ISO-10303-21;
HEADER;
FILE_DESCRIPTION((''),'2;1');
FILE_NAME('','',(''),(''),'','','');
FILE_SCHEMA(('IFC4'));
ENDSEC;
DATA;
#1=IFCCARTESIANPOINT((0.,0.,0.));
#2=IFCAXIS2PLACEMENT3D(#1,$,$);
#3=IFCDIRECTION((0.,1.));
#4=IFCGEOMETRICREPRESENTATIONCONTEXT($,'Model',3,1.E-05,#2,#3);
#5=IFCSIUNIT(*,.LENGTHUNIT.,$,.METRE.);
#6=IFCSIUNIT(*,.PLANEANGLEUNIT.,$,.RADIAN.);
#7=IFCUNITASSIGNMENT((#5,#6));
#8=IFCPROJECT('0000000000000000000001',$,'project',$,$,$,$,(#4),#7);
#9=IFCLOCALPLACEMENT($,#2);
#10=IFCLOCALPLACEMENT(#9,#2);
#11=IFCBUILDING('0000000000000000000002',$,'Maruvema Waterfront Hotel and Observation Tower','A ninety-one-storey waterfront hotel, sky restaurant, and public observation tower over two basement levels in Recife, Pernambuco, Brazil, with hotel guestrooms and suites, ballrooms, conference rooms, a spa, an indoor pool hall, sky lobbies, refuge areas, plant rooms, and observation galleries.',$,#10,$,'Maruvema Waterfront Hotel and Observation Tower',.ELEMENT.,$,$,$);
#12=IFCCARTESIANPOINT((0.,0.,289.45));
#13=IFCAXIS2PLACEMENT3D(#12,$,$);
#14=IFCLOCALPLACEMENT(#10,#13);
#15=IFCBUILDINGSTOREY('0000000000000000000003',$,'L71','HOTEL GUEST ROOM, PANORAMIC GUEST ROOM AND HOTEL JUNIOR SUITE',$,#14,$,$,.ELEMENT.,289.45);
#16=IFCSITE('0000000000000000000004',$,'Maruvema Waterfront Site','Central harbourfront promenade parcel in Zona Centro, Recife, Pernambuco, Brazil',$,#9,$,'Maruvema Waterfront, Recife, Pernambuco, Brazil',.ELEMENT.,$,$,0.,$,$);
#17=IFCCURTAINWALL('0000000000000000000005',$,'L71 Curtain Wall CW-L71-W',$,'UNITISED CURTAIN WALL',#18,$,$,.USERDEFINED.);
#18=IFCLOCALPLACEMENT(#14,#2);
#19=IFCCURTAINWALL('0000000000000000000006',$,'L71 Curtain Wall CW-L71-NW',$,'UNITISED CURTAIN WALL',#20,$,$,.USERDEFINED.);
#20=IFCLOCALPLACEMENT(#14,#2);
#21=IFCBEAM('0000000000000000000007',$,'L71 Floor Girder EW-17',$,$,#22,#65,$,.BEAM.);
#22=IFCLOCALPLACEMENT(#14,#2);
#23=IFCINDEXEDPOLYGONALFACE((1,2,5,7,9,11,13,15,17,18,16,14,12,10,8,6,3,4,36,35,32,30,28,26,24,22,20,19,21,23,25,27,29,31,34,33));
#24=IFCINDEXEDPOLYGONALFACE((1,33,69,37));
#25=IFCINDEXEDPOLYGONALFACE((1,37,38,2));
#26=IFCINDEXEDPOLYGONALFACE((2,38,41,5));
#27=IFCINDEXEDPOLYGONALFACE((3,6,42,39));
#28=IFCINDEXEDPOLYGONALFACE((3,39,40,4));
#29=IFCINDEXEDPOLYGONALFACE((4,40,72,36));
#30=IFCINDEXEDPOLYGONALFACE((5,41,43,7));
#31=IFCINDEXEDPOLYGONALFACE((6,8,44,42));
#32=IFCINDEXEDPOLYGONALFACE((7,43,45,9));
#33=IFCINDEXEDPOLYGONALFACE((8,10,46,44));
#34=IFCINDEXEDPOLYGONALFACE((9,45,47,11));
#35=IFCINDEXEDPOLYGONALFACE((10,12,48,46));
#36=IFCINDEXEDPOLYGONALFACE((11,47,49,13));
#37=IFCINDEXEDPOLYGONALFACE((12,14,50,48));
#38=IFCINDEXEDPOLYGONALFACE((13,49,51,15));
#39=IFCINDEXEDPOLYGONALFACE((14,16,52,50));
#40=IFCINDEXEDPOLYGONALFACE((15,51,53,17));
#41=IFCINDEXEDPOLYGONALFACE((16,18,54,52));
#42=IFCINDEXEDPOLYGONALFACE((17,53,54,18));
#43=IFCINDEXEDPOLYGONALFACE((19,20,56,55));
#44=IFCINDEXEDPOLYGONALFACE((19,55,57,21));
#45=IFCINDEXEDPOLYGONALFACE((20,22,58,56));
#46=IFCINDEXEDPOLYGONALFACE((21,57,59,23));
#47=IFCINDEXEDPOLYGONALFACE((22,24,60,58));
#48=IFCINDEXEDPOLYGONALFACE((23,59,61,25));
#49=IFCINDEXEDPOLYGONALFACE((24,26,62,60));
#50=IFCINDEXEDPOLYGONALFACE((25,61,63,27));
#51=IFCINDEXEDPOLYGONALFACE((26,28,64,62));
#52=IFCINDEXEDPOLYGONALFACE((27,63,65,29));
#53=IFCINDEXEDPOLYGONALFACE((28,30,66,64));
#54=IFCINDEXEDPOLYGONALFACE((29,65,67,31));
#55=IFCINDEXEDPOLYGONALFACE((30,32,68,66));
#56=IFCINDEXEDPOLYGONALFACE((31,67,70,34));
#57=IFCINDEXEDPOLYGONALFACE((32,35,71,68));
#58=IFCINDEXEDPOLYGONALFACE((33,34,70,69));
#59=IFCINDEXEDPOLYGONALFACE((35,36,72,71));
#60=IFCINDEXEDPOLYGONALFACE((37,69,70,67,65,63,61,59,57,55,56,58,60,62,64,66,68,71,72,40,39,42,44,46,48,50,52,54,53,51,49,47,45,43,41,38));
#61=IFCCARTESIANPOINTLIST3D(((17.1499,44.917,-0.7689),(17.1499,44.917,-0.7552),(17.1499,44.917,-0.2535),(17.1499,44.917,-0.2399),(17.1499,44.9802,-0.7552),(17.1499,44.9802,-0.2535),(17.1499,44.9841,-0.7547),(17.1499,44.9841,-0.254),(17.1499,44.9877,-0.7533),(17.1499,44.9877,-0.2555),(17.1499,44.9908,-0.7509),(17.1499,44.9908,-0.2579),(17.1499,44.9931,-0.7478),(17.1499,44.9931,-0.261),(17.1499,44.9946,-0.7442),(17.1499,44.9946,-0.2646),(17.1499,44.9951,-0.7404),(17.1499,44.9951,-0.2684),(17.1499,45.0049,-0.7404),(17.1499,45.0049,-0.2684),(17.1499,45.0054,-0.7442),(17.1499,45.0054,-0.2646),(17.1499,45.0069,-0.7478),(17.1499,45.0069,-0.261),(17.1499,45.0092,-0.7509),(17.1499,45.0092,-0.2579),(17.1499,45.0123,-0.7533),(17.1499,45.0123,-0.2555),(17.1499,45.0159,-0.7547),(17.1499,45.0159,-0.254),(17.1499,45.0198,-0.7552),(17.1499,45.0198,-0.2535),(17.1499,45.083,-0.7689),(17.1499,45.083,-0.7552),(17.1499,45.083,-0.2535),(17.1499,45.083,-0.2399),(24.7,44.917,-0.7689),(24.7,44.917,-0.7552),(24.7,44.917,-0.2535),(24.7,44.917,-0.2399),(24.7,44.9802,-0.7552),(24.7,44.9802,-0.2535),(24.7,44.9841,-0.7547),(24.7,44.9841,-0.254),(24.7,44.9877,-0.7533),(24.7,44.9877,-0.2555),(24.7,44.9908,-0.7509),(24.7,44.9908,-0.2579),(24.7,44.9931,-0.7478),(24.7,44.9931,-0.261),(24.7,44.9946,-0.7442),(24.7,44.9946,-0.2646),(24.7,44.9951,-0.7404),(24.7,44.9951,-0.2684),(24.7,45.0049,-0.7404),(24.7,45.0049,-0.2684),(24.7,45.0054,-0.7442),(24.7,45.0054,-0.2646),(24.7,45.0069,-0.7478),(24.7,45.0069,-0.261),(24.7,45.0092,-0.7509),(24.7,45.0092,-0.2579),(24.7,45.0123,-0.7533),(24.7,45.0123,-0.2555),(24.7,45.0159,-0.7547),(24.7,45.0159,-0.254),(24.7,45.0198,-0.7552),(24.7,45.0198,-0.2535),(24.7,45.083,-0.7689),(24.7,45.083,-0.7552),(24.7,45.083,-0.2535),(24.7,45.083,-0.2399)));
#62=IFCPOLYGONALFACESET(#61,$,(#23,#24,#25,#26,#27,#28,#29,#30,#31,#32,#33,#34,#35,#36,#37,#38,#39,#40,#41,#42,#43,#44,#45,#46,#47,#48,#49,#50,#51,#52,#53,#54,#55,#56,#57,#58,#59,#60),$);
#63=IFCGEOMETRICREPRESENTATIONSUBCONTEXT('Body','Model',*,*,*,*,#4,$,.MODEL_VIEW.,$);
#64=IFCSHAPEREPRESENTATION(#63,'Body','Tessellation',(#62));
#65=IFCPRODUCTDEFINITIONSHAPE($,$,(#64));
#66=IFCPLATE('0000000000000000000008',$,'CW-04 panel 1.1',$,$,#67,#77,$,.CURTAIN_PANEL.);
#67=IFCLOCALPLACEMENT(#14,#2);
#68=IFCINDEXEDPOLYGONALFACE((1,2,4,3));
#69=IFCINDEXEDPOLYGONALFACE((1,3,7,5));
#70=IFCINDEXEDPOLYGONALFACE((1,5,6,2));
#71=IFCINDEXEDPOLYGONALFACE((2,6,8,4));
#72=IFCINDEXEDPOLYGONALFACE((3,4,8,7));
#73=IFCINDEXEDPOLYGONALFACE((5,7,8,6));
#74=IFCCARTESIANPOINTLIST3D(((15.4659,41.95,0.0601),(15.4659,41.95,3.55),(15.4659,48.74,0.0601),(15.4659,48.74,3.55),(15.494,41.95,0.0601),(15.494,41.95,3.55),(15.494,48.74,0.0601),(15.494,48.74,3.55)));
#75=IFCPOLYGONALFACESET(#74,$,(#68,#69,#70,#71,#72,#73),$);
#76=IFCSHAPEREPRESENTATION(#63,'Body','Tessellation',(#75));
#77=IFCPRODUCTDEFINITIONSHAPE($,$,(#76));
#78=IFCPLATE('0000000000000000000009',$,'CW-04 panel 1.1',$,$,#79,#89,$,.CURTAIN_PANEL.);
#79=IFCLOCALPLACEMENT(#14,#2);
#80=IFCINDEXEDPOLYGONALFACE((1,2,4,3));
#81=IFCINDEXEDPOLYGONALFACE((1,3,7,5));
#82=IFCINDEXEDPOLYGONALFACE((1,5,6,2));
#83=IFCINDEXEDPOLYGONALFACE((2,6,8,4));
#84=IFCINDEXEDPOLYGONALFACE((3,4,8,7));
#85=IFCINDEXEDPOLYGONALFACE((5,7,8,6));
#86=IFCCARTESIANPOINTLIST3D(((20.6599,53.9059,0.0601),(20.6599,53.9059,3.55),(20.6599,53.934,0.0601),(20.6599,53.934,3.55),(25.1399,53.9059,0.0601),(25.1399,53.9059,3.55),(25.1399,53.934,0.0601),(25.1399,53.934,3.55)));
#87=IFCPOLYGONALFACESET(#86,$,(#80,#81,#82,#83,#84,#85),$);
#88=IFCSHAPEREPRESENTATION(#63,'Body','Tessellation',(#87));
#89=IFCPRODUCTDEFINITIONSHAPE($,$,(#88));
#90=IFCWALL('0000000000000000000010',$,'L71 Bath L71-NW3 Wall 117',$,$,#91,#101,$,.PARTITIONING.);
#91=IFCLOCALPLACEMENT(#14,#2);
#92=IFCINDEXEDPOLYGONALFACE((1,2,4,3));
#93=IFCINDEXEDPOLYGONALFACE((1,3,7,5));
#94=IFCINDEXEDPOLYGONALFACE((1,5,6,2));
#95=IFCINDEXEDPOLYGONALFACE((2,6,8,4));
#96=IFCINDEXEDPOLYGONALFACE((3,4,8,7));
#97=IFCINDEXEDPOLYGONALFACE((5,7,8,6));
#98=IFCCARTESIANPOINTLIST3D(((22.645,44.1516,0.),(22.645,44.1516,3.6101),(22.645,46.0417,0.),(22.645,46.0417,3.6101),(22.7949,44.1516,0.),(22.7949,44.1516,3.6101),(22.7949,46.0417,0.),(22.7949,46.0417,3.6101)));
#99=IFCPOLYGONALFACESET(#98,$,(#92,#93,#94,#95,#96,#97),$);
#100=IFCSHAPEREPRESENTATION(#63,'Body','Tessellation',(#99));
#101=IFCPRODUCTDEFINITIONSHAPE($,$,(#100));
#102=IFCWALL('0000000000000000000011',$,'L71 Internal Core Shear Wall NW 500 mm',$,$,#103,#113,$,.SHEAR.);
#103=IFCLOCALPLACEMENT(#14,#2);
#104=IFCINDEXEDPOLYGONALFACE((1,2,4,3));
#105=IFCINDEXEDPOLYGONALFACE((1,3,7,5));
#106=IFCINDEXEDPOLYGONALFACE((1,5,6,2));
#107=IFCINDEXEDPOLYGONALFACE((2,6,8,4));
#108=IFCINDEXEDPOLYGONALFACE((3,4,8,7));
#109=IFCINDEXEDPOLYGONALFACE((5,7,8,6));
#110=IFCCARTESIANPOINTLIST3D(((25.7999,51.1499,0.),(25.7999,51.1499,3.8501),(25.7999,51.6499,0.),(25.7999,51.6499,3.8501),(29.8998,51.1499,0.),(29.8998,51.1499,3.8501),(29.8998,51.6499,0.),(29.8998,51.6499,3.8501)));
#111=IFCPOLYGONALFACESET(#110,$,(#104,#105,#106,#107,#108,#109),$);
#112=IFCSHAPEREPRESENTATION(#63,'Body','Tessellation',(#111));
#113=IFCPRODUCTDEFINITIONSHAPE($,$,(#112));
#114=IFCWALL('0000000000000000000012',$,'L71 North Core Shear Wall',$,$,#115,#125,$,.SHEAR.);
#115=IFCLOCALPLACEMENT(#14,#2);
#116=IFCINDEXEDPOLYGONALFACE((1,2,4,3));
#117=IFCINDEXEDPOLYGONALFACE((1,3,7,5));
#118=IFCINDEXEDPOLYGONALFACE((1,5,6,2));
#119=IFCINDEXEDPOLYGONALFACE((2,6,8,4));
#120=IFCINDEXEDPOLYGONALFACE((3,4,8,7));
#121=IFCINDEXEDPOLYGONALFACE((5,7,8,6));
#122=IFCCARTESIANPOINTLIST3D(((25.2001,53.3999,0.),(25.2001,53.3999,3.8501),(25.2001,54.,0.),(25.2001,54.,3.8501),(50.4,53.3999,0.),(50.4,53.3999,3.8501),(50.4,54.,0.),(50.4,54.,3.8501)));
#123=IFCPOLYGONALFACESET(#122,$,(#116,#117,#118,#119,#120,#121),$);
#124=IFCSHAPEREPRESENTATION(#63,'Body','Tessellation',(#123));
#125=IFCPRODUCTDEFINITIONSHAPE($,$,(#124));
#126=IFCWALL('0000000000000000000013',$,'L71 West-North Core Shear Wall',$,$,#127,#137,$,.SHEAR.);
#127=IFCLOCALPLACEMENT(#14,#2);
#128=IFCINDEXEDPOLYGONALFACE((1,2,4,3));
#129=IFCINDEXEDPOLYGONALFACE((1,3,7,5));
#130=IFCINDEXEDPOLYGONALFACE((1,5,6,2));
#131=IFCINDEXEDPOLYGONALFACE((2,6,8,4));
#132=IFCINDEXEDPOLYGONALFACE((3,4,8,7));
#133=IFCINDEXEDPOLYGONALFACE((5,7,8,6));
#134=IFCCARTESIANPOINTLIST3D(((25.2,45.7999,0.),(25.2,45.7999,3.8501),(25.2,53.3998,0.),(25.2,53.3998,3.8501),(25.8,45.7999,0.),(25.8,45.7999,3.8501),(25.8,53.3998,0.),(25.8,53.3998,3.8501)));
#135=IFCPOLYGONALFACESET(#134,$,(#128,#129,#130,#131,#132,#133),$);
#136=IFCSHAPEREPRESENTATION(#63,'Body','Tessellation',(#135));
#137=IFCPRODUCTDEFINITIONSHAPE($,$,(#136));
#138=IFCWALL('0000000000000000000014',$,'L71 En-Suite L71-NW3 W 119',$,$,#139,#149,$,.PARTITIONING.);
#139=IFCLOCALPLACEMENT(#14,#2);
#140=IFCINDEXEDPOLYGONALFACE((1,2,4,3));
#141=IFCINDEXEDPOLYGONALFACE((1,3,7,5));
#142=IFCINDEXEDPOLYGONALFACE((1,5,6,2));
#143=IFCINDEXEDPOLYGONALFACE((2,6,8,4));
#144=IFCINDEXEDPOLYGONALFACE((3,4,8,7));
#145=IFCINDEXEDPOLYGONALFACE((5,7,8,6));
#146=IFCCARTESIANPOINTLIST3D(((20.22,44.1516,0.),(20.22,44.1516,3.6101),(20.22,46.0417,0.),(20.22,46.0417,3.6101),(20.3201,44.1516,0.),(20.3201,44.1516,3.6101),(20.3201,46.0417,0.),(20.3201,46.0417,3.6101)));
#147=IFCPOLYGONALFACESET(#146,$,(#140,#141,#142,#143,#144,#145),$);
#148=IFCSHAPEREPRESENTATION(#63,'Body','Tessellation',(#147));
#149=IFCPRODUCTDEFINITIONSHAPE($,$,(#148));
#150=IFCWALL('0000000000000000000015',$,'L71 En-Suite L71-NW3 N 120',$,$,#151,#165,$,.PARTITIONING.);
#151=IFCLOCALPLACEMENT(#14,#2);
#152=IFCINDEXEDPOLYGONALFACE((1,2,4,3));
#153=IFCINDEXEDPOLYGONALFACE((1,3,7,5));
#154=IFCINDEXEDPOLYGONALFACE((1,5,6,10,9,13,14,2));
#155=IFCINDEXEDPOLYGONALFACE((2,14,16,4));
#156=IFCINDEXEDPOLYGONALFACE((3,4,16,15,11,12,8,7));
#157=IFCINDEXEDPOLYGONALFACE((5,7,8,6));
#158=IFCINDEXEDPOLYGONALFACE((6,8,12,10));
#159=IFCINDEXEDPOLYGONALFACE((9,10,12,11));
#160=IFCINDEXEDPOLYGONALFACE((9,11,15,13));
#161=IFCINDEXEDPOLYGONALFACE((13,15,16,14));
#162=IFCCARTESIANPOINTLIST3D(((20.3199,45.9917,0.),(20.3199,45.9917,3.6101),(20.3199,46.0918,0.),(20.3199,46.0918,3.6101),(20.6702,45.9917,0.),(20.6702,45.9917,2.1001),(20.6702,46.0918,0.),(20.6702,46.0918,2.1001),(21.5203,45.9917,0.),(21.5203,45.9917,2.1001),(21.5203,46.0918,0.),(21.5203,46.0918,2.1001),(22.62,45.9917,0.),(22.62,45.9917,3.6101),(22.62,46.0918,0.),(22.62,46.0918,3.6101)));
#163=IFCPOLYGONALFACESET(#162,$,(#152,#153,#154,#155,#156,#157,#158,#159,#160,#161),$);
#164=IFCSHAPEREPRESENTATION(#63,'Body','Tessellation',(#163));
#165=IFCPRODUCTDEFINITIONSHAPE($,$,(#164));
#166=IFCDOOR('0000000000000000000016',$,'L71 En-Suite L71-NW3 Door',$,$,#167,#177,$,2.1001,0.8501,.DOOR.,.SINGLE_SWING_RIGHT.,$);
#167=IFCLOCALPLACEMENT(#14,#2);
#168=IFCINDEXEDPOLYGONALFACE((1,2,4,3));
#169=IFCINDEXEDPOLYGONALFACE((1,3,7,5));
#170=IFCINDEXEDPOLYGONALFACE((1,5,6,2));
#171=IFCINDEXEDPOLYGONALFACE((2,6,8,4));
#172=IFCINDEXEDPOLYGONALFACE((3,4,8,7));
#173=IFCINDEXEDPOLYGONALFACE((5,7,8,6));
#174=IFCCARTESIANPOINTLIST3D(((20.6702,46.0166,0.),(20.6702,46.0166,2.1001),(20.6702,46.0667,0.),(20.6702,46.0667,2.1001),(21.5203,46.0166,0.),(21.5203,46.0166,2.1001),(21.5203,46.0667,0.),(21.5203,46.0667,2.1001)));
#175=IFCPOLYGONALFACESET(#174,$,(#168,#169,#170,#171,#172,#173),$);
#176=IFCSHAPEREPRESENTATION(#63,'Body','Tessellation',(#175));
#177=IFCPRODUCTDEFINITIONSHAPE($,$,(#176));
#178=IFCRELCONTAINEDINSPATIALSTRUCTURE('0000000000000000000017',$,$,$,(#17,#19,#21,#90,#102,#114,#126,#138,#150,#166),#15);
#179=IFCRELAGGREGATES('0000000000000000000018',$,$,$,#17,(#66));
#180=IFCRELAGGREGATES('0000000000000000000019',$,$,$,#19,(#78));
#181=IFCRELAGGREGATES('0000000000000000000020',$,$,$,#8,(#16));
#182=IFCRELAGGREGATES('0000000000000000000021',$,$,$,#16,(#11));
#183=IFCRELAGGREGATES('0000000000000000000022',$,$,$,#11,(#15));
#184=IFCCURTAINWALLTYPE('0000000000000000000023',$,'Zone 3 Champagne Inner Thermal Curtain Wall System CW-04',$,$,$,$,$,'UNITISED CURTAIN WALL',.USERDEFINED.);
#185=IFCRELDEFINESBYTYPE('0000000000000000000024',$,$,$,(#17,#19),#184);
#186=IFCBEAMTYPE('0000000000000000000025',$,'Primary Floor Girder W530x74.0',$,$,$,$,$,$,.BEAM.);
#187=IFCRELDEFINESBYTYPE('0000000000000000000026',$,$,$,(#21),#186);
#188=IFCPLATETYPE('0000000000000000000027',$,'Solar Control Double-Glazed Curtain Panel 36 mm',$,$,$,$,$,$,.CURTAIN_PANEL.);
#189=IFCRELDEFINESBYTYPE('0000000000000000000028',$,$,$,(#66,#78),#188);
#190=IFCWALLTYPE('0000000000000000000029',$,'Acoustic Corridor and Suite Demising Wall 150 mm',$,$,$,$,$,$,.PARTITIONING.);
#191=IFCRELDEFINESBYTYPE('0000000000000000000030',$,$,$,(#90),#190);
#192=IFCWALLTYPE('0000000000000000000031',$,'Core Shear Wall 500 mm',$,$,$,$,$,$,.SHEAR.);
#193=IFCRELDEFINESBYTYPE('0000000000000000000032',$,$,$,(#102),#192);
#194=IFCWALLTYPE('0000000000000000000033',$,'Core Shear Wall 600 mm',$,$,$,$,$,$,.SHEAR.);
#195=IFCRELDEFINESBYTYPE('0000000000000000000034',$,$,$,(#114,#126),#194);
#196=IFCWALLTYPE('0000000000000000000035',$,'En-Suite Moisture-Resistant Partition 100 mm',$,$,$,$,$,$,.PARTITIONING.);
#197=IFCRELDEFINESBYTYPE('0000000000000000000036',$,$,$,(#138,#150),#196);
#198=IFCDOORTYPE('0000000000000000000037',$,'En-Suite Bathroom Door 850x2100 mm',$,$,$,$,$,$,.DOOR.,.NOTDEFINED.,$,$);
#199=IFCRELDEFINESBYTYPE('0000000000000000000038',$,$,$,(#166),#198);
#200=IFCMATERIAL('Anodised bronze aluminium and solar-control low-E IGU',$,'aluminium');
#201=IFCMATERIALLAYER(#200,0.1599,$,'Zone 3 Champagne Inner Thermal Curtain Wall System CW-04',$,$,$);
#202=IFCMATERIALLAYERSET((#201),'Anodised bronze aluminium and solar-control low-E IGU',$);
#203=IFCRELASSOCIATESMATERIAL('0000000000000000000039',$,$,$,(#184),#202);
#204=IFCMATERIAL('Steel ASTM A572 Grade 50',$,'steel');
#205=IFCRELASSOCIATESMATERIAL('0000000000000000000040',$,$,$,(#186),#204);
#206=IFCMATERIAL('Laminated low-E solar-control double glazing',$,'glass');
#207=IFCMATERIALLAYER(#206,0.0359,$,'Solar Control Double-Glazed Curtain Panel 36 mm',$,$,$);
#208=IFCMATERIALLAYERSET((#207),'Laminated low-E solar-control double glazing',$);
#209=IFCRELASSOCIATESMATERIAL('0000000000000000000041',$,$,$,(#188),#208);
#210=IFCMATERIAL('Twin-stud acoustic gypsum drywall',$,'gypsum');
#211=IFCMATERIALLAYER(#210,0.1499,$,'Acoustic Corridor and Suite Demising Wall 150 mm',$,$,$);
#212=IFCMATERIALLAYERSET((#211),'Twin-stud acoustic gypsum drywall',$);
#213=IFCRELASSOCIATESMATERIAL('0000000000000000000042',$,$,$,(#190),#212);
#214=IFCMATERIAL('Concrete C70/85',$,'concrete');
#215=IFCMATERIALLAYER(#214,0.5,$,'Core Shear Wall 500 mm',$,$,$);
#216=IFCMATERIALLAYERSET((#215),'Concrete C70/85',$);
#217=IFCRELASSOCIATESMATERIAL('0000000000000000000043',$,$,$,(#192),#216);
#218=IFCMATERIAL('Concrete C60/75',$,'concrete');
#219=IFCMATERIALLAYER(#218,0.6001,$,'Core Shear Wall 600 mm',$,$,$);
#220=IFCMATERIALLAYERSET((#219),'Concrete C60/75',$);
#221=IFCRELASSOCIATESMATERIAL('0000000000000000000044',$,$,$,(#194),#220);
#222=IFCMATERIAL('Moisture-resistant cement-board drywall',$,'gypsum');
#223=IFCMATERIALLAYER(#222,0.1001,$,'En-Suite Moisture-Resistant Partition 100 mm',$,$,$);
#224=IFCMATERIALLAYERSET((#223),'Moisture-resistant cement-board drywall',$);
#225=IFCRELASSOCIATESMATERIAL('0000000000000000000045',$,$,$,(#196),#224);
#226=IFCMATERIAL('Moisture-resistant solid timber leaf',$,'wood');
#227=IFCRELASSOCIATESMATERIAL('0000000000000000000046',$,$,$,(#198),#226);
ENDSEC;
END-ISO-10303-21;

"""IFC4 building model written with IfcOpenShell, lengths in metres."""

from ifc_helpers import new_model, si_unit, direction, frame, frame_2d, origin, origin_2d, place, context, subcontext, project, spatial, rectangle, i_section, extrude, material, layer, layer_set, material_profile, profile_set, type_object, element, fill, aggregate, save


model = new_model("IFC4")

# Units and contexts
model_context = context("Model", 3, precision=1e-05, world=origin(), true_north=direction((0.0, 1.0)))
body_context = subcontext(model_context, "Body", "Model", "MODEL_VIEW")
ifc_project = project(units=[si_unit("LENGTHUNIT", "METRE"), si_unit("PLANEANGLEUNIT", "RADIAN")], contexts=[model_context])

# Site, building, storey
site_placement = place(None, origin())
site = spatial("IfcSite", under=ifc_project, at=site_placement, Name="Maruvema Waterfront Site", Description="Central harbourfront promenade parcel in Zona Centro, Recife, Pernambuco, Brazil", LongName="Maruvema Waterfront, Recife, Pernambuco, Brazil", CompositionType="ELEMENT", RefElevation=0.0)
building_placement = place(site_placement, origin())
building = spatial("IfcBuilding", under=site, at=building_placement, Name="Maruvema Waterfront Hotel and Observation Tower", Description="A ninety-one-storey waterfront hotel, sky restaurant, and public observation tower over two basement levels in Recife, Pernambuco, Brazil, with hotel guestrooms and suites, ballrooms, conference rooms, a spa, an indoor pool hall, sky lobbies, refuge areas, plant rooms, and observation galleries.", LongName="Maruvema Waterfront Hotel and Observation Tower", CompositionType="ELEMENT")
storey_placement = place(building_placement, frame((0.0, 0.0, 289.45)))
storey = spatial("IfcBuildingStorey", under=building, at=storey_placement, Name="L71", Description="HOTEL GUEST ROOM, PANORAMIC GUEST ROOM AND HOTEL JUNIOR SUITE", CompositionType="ELEMENT", Elevation=289.45)

# Curtain walls
ifc_material_1 = material(Name="Anodised bronze aluminium and solar-control low-E IGU", Category="aluminium")
ifc_layer_1 = layer(ifc_material_1, 0.1599, Name="Zone 3 Champagne Inner Thermal Curtain Wall System CW-04")
ifc_layer_set_1 = layer_set([ifc_layer_1], Name="Anodised bronze aluminium and solar-control low-E IGU")
curtain_wall_type = type_object("IfcCurtainWallType", Name="Zone 3 Champagne Inner Thermal Curtain Wall System CW-04", ElementType="UNITISED CURTAIN WALL", PredefinedType="USERDEFINED", material=ifc_layer_set_1)
curtain_wall_1_placement = place(storey_placement, origin())
curtain_wall_1 = element("IfcCurtainWall", 1, at=curtain_wall_1_placement, inside=storey, type_object=curtain_wall_type, Name="L71 Curtain Wall CW-L71-W", ObjectType="UNITISED CURTAIN WALL", PredefinedType="USERDEFINED")
curtain_wall_2_placement = place(storey_placement, origin())
curtain_wall_2 = element("IfcCurtainWall", 2, at=curtain_wall_2_placement, inside=storey, type_object=curtain_wall_type, Name="L71 Curtain Wall CW-L71-NW", ObjectType="UNITISED CURTAIN WALL", PredefinedType="USERDEFINED")

# Beam
ifc_material_2 = material(Name="Steel ASTM A572 Grade 50", Category="steel")
ifc_material_profile_1 = material_profile(ifc_material_2, i_section(OverallWidth=0.166, OverallDepth=0.5291, WebThickness=0.0098, FlangeThickness=0.0137, FilletRadius=0.0149, at=origin_2d()), Name="W530x74.0")
ifc_profile_set_1 = profile_set([ifc_material_profile_1], Name="Steel ASTM A572 Grade 50")
beam_type = type_object("IfcBeamType", Name="Primary Floor Girder W530x74.0", PredefinedType="BEAM", material=ifc_profile_set_1)
beam_placement = place(storey_placement, frame((17.1499, 45.0, -0.5044), z_axis=(1.0, 0.0, 0.0), x_axis=(0.0, 1.0, 0.0)))
element("IfcBeam", 3, at=beam_placement, inside=storey, type_object=beam_type, Name="L71 Floor Girder EW-17", PredefinedType="BEAM", context=body_context, shape_type="SweptSolid", body=[
    extrude(i_section(OverallWidth=0.166, OverallDepth=0.5291, WebThickness=0.0098, FlangeThickness=0.0137, FilletRadius=0.0149, at=origin_2d()), origin(), (0.0, 0.0, 1.0), 7.55),
])

# Plates
ifc_material_3 = material(Name="Laminated low-E solar-control double glazing", Category="glass")
ifc_layer_2 = layer(ifc_material_3, 0.0359, Name="Solar Control Double-Glazed Curtain Panel 36 mm")
ifc_layer_set_2 = layer_set([ifc_layer_2], Name="Laminated low-E solar-control double glazing")
plate_type = type_object("IfcPlateType", Name="Solar Control Double-Glazed Curtain Panel 36 mm", PredefinedType="CURTAIN_PANEL", material=ifc_layer_set_2)
plate_1_placement = place(storey_placement, frame((15.48, 45.345, 0.0601), z_axis=(0.0, 0.0, 1.0), x_axis=(0.0, -1.0, 0.0)))
plate_1 = element("IfcPlate", 4, at=plate_1_placement, type_object=plate_type, Name="CW-04 panel 1.1", PredefinedType="CURTAIN_PANEL", context=body_context, shape_type="SweptSolid", body=[
    extrude(rectangle(XDim=6.79, YDim=0.0281, at=origin_2d()), origin(), (0.0, 0.0, 1.0), 3.49),
])
aggregate(curtain_wall_1, [plate_1])
plate_2_placement = place(storey_placement, frame((22.8999, 53.9199, 0.0601), z_axis=(0.0, 0.0, 1.0), x_axis=(-1.0, 0.0, 0.0)))
plate_2 = element("IfcPlate", 5, at=plate_2_placement, type_object=plate_type, Name="CW-04 panel 1.1", PredefinedType="CURTAIN_PANEL", context=body_context, shape_type="SweptSolid", body=[
    extrude(rectangle(XDim=4.48, YDim=0.0281, at=origin_2d()), origin(), (0.0, 0.0, 1.0), 3.49),
])
aggregate(curtain_wall_2, [plate_2])

# Wall
ifc_material_4 = material(Name="Twin-stud acoustic gypsum drywall", Category="gypsum")
ifc_layer_3 = layer(ifc_material_4, 0.1499, Name="Acoustic Corridor and Suite Demising Wall 150 mm")
ifc_layer_set_3 = layer_set([ifc_layer_3], Name="Twin-stud acoustic gypsum drywall")
wall_type_1 = type_object("IfcWallType", Name="Acoustic Corridor and Suite Demising Wall 150 mm", PredefinedType="PARTITIONING", material=ifc_layer_set_3)
wall_1_placement = place(storey_placement, frame((22.72, 44.1516, 0.0), z_axis=(0.0, 0.0, 1.0), x_axis=(0.0, 1.0, 0.0)))
element("IfcWall", 6, at=wall_1_placement, inside=storey, type_object=wall_type_1, Name="L71 Bath L71-NW3 Wall 117", PredefinedType="PARTITIONING", context=body_context, shape_type="SweptSolid", body=[
    extrude(rectangle(XDim=1.8901, YDim=0.1499, at=frame_2d((0.9451, 0.0))), origin(), (0.0, 0.0, 1.0), 3.6101),
])

# Walls
ifc_material_5 = material(Name="Concrete C70/85", Category="concrete")
ifc_layer_4 = layer(ifc_material_5, 0.5, Name="Core Shear Wall 500 mm")
ifc_layer_set_4 = layer_set([ifc_layer_4], Name="Concrete C70/85")
wall_type_2 = type_object("IfcWallType", Name="Core Shear Wall 500 mm", PredefinedType="SHEAR", material=ifc_layer_set_4)
wall_2_placement = place(storey_placement, frame((25.8, 51.3999, 0.0), z_axis=(0.0, 0.0, 1.0), x_axis=(1.0, 0.0, 0.0)))
element("IfcWall", 7, at=wall_2_placement, inside=storey, type_object=wall_type_2, Name="L71 Internal Core Shear Wall NW 500 mm", PredefinedType="SHEAR", context=body_context, shape_type="SweptSolid", body=[
    extrude(rectangle(XDim=4.0999, YDim=0.5, at=frame_2d((2.0498, 0.0))), origin(), (0.0, 0.0, 1.0), 3.8501),
])
ifc_material_6 = material(Name="Concrete C60/75", Category="concrete")
ifc_layer_5 = layer(ifc_material_6, 0.6001, Name="Core Shear Wall 600 mm")
ifc_layer_set_5 = layer_set([ifc_layer_5], Name="Concrete C60/75")
wall_type_3 = type_object("IfcWallType", Name="Core Shear Wall 600 mm", PredefinedType="SHEAR", material=ifc_layer_set_5)
wall_3_placement = place(storey_placement, frame((25.2, 53.7, 0.0), z_axis=(0.0, 0.0, 1.0), x_axis=(1.0, 0.0, 0.0)))
element("IfcWall", 8, at=wall_3_placement, inside=storey, type_object=wall_type_3, Name="L71 North Core Shear Wall", PredefinedType="SHEAR", context=body_context, shape_type="SweptSolid", body=[
    extrude(rectangle(XDim=25.2, YDim=0.6001, at=frame_2d((12.6001, 0.0))), origin(), (0.0, 0.0, 1.0), 3.8501),
])
wall_4_placement = place(storey_placement, frame((25.5, 45.8, 0.0), z_axis=(0.0, 0.0, 1.0), x_axis=(0.0, 1.0, 0.0)))
element("IfcWall", 9, at=wall_4_placement, inside=storey, type_object=wall_type_3, Name="L71 West-North Core Shear Wall", PredefinedType="SHEAR", context=body_context, shape_type="SweptSolid", body=[
    extrude(rectangle(XDim=7.5999, YDim=0.6001, at=frame_2d((3.7998, 0.0))), origin(), (0.0, 0.0, 1.0), 3.8501),
])
ifc_material_7 = material(Name="Moisture-resistant cement-board drywall", Category="gypsum")
ifc_layer_6 = layer(ifc_material_7, 0.1001, Name="En-Suite Moisture-Resistant Partition 100 mm")
ifc_layer_set_6 = layer_set([ifc_layer_6], Name="Moisture-resistant cement-board drywall")
wall_type_4 = type_object("IfcWallType", Name="En-Suite Moisture-Resistant Partition 100 mm", PredefinedType="PARTITIONING", material=ifc_layer_set_6)
wall_5_placement = place(storey_placement, frame((20.27, 44.1516, 0.0), z_axis=(0.0, 0.0, 1.0), x_axis=(0.0, 1.0, 0.0)))
element("IfcWall", 10, at=wall_5_placement, inside=storey, type_object=wall_type_4, Name="L71 En-Suite L71-NW3 W 119", PredefinedType="PARTITIONING", context=body_context, shape_type="SweptSolid", body=[
    extrude(rectangle(XDim=1.8901, YDim=0.1001, at=frame_2d((0.9451, 0.0))), origin(), (0.0, 0.0, 1.0), 3.6101),
])

# Wall, opening, door
wall_6_placement = place(storey_placement, frame((20.3201, 46.0417, 0.0), z_axis=(0.0, 0.0, 1.0), x_axis=(1.0, 0.0, 0.0)))
wall_6 = element("IfcWall", 11, at=wall_6_placement, inside=storey, type_object=wall_type_4, Name="L71 En-Suite L71-NW3 N 120", PredefinedType="PARTITIONING", context=body_context, shape_type="SweptSolid", body=[
    extrude(rectangle(XDim=2.3, YDim=0.1001, at=frame_2d((1.1499, 0.0))), origin(), (0.0, 0.0, 1.0), 3.6101),
])
opening_1_placement = place(wall_6_placement, frame((0.3501, 0.0, 0.0)))
opening_1 = element("IfcOpeningElement", 12, at=opening_1_placement, cuts=wall_6, PredefinedType="OPENING", context=body_context, shape_type="SweptSolid", body=[
    extrude(rectangle(XDim=0.8501, YDim=2.1001, at=frame_2d((0.425, 1.05))), frame((0.0, 0.0601, 0.0), z_axis=(0.0, -1.0, 0.0), x_axis=(1.0, 0.0, 0.0)), (0.0, 0.0, 1.0), 0.1201),
])
ifc_material_8 = material(Name="Moisture-resistant solid timber leaf", Category="wood")
door_type_1 = type_object("IfcDoorType", Name="En-Suite Bathroom Door 850x2100 mm", OperationType="NOTDEFINED", PredefinedType="DOOR", material=ifc_material_8)
door_1_placement = place(opening_1_placement, origin())
door_1 = element("IfcDoor", 13, at=door_1_placement, inside=storey, type_object=door_type_1, Name="L71 En-Suite L71-NW3 Door", OperationType="SINGLE_SWING_RIGHT", OverallHeight=2.1001, OverallWidth=0.8501, PredefinedType="DOOR", context=body_context, shape_type="SweptSolid", body=[
    extrude(rectangle(XDim=0.8501, YDim=2.1001, at=frame_2d((0.425, 1.05))), frame((0.0, 0.0249, 0.0), z_axis=(0.0, -1.0, 0.0), x_axis=(1.0, 0.0, 0.0)), (0.0, 0.0, 1.0), 0.05),
])
fill(opening_1, door_1)

save(model, "model.ifc")
